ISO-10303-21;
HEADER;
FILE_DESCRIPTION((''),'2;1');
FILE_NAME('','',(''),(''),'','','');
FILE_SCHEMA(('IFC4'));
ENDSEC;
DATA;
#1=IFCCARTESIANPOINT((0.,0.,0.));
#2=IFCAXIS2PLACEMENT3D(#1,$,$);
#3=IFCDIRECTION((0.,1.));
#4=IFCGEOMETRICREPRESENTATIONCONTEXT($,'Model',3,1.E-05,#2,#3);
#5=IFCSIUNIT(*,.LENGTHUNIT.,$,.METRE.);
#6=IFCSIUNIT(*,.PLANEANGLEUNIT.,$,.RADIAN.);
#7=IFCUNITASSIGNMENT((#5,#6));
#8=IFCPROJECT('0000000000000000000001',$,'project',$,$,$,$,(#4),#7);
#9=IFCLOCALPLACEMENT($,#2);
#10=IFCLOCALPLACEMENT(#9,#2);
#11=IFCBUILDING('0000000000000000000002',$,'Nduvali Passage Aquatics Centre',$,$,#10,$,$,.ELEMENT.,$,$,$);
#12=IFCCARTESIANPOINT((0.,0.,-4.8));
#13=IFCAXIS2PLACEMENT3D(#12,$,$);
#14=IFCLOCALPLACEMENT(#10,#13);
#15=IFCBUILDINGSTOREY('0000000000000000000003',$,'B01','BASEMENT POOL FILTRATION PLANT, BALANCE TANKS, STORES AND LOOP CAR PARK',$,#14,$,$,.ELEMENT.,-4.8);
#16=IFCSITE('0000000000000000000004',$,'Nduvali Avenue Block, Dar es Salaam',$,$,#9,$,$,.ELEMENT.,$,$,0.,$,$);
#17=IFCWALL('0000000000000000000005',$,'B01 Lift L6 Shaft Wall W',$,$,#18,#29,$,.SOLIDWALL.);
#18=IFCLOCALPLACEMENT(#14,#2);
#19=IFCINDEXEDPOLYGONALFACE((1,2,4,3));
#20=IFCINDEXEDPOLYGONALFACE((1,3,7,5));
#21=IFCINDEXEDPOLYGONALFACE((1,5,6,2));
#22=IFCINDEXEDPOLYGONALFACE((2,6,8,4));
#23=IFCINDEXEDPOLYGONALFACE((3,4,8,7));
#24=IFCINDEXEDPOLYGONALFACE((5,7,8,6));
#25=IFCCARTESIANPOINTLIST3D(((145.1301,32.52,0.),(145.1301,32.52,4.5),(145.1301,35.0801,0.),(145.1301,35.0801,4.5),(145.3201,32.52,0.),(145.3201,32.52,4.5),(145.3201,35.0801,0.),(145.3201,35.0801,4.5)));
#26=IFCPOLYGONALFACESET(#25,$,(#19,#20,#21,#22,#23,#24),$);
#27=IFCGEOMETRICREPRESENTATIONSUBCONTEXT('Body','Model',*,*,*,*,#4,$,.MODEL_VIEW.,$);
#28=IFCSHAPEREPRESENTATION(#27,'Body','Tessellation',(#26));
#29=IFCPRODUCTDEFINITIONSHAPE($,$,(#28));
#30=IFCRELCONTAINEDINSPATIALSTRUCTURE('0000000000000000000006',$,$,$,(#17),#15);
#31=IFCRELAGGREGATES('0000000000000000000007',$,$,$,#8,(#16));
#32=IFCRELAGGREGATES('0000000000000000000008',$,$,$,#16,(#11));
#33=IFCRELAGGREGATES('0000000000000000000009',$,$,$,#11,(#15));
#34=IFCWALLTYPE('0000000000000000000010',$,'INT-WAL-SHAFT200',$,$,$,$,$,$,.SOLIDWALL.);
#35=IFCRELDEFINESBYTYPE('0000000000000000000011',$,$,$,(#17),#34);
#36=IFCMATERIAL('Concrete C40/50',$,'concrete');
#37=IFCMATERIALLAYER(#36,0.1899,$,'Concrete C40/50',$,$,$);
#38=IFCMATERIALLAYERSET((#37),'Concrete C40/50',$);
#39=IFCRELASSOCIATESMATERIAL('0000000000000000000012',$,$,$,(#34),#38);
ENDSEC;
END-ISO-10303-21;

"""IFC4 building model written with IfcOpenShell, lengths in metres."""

from ifc_helpers import new_model, si_unit, direction, frame, frame_2d, origin, place, context, subcontext, project, spatial, rectangle, extrude, material, layer, layer_set, type_object, element, save


model = new_model("IFC4")

# Units and contexts
model_context = context("Model", 3, precision=1e-05, world=origin(), true_north=direction((0.0, 1.0)))
body_context = subcontext(model_context, "Body", "Model", "MODEL_VIEW")
ifc_project = project(units=[si_unit("LENGTHUNIT", "METRE"), si_unit("PLANEANGLEUNIT", "RADIAN")], contexts=[model_context])

# Site, building, storey
site_placement = place(None, origin())
site = spatial("IfcSite", under=ifc_project, at=site_placement, Name="Nduvali Avenue Block, Dar es Salaam", CompositionType="ELEMENT", RefElevation=0.0)
building_placement = place(site_placement, origin())
building = spatial("IfcBuilding", under=site, at=building_placement, Name="Nduvali Passage Aquatics Centre", CompositionType="ELEMENT")
storey_placement = place(building_placement, frame((0.0, 0.0, -4.8)))
storey = spatial("IfcBuildingStorey", under=building, at=storey_placement, Name="B01", Description="BASEMENT POOL FILTRATION PLANT, BALANCE TANKS, STORES AND LOOP CAR PARK", CompositionType="ELEMENT", Elevation=-4.8)

# Shared definitions
ifc_material = material(Name="Concrete C40/50", Category="concrete")

# Wall
ifc_layer = layer(ifc_material, 0.1899, Name="Concrete C40/50")
ifc_layer_set = layer_set([ifc_layer], Name="Concrete C40/50")
wall_type = type_object("IfcWallType", Name="INT-WAL-SHAFT200", PredefinedType="SOLIDWALL", material=ifc_layer_set)
wall_placement = place(storey_placement, frame((145.2251, 35.0801, 0.0), z_axis=(0.0, 0.0, 1.0), x_axis=(0.0, -1.0, 0.0)))
element("IfcWall", 1, at=wall_placement, inside=storey, type_object=wall_type, Name="B01 Lift L6 Shaft Wall W", PredefinedType="SOLIDWALL", context=body_context, shape_type="SweptSolid", body=[
    extrude(rectangle(XDim=2.5601, YDim=0.1899, at=frame_2d((1.28, 0.0))), origin(), (0.0, 0.0, 1.0), 4.5),
])

save(model, "model.ifc")
